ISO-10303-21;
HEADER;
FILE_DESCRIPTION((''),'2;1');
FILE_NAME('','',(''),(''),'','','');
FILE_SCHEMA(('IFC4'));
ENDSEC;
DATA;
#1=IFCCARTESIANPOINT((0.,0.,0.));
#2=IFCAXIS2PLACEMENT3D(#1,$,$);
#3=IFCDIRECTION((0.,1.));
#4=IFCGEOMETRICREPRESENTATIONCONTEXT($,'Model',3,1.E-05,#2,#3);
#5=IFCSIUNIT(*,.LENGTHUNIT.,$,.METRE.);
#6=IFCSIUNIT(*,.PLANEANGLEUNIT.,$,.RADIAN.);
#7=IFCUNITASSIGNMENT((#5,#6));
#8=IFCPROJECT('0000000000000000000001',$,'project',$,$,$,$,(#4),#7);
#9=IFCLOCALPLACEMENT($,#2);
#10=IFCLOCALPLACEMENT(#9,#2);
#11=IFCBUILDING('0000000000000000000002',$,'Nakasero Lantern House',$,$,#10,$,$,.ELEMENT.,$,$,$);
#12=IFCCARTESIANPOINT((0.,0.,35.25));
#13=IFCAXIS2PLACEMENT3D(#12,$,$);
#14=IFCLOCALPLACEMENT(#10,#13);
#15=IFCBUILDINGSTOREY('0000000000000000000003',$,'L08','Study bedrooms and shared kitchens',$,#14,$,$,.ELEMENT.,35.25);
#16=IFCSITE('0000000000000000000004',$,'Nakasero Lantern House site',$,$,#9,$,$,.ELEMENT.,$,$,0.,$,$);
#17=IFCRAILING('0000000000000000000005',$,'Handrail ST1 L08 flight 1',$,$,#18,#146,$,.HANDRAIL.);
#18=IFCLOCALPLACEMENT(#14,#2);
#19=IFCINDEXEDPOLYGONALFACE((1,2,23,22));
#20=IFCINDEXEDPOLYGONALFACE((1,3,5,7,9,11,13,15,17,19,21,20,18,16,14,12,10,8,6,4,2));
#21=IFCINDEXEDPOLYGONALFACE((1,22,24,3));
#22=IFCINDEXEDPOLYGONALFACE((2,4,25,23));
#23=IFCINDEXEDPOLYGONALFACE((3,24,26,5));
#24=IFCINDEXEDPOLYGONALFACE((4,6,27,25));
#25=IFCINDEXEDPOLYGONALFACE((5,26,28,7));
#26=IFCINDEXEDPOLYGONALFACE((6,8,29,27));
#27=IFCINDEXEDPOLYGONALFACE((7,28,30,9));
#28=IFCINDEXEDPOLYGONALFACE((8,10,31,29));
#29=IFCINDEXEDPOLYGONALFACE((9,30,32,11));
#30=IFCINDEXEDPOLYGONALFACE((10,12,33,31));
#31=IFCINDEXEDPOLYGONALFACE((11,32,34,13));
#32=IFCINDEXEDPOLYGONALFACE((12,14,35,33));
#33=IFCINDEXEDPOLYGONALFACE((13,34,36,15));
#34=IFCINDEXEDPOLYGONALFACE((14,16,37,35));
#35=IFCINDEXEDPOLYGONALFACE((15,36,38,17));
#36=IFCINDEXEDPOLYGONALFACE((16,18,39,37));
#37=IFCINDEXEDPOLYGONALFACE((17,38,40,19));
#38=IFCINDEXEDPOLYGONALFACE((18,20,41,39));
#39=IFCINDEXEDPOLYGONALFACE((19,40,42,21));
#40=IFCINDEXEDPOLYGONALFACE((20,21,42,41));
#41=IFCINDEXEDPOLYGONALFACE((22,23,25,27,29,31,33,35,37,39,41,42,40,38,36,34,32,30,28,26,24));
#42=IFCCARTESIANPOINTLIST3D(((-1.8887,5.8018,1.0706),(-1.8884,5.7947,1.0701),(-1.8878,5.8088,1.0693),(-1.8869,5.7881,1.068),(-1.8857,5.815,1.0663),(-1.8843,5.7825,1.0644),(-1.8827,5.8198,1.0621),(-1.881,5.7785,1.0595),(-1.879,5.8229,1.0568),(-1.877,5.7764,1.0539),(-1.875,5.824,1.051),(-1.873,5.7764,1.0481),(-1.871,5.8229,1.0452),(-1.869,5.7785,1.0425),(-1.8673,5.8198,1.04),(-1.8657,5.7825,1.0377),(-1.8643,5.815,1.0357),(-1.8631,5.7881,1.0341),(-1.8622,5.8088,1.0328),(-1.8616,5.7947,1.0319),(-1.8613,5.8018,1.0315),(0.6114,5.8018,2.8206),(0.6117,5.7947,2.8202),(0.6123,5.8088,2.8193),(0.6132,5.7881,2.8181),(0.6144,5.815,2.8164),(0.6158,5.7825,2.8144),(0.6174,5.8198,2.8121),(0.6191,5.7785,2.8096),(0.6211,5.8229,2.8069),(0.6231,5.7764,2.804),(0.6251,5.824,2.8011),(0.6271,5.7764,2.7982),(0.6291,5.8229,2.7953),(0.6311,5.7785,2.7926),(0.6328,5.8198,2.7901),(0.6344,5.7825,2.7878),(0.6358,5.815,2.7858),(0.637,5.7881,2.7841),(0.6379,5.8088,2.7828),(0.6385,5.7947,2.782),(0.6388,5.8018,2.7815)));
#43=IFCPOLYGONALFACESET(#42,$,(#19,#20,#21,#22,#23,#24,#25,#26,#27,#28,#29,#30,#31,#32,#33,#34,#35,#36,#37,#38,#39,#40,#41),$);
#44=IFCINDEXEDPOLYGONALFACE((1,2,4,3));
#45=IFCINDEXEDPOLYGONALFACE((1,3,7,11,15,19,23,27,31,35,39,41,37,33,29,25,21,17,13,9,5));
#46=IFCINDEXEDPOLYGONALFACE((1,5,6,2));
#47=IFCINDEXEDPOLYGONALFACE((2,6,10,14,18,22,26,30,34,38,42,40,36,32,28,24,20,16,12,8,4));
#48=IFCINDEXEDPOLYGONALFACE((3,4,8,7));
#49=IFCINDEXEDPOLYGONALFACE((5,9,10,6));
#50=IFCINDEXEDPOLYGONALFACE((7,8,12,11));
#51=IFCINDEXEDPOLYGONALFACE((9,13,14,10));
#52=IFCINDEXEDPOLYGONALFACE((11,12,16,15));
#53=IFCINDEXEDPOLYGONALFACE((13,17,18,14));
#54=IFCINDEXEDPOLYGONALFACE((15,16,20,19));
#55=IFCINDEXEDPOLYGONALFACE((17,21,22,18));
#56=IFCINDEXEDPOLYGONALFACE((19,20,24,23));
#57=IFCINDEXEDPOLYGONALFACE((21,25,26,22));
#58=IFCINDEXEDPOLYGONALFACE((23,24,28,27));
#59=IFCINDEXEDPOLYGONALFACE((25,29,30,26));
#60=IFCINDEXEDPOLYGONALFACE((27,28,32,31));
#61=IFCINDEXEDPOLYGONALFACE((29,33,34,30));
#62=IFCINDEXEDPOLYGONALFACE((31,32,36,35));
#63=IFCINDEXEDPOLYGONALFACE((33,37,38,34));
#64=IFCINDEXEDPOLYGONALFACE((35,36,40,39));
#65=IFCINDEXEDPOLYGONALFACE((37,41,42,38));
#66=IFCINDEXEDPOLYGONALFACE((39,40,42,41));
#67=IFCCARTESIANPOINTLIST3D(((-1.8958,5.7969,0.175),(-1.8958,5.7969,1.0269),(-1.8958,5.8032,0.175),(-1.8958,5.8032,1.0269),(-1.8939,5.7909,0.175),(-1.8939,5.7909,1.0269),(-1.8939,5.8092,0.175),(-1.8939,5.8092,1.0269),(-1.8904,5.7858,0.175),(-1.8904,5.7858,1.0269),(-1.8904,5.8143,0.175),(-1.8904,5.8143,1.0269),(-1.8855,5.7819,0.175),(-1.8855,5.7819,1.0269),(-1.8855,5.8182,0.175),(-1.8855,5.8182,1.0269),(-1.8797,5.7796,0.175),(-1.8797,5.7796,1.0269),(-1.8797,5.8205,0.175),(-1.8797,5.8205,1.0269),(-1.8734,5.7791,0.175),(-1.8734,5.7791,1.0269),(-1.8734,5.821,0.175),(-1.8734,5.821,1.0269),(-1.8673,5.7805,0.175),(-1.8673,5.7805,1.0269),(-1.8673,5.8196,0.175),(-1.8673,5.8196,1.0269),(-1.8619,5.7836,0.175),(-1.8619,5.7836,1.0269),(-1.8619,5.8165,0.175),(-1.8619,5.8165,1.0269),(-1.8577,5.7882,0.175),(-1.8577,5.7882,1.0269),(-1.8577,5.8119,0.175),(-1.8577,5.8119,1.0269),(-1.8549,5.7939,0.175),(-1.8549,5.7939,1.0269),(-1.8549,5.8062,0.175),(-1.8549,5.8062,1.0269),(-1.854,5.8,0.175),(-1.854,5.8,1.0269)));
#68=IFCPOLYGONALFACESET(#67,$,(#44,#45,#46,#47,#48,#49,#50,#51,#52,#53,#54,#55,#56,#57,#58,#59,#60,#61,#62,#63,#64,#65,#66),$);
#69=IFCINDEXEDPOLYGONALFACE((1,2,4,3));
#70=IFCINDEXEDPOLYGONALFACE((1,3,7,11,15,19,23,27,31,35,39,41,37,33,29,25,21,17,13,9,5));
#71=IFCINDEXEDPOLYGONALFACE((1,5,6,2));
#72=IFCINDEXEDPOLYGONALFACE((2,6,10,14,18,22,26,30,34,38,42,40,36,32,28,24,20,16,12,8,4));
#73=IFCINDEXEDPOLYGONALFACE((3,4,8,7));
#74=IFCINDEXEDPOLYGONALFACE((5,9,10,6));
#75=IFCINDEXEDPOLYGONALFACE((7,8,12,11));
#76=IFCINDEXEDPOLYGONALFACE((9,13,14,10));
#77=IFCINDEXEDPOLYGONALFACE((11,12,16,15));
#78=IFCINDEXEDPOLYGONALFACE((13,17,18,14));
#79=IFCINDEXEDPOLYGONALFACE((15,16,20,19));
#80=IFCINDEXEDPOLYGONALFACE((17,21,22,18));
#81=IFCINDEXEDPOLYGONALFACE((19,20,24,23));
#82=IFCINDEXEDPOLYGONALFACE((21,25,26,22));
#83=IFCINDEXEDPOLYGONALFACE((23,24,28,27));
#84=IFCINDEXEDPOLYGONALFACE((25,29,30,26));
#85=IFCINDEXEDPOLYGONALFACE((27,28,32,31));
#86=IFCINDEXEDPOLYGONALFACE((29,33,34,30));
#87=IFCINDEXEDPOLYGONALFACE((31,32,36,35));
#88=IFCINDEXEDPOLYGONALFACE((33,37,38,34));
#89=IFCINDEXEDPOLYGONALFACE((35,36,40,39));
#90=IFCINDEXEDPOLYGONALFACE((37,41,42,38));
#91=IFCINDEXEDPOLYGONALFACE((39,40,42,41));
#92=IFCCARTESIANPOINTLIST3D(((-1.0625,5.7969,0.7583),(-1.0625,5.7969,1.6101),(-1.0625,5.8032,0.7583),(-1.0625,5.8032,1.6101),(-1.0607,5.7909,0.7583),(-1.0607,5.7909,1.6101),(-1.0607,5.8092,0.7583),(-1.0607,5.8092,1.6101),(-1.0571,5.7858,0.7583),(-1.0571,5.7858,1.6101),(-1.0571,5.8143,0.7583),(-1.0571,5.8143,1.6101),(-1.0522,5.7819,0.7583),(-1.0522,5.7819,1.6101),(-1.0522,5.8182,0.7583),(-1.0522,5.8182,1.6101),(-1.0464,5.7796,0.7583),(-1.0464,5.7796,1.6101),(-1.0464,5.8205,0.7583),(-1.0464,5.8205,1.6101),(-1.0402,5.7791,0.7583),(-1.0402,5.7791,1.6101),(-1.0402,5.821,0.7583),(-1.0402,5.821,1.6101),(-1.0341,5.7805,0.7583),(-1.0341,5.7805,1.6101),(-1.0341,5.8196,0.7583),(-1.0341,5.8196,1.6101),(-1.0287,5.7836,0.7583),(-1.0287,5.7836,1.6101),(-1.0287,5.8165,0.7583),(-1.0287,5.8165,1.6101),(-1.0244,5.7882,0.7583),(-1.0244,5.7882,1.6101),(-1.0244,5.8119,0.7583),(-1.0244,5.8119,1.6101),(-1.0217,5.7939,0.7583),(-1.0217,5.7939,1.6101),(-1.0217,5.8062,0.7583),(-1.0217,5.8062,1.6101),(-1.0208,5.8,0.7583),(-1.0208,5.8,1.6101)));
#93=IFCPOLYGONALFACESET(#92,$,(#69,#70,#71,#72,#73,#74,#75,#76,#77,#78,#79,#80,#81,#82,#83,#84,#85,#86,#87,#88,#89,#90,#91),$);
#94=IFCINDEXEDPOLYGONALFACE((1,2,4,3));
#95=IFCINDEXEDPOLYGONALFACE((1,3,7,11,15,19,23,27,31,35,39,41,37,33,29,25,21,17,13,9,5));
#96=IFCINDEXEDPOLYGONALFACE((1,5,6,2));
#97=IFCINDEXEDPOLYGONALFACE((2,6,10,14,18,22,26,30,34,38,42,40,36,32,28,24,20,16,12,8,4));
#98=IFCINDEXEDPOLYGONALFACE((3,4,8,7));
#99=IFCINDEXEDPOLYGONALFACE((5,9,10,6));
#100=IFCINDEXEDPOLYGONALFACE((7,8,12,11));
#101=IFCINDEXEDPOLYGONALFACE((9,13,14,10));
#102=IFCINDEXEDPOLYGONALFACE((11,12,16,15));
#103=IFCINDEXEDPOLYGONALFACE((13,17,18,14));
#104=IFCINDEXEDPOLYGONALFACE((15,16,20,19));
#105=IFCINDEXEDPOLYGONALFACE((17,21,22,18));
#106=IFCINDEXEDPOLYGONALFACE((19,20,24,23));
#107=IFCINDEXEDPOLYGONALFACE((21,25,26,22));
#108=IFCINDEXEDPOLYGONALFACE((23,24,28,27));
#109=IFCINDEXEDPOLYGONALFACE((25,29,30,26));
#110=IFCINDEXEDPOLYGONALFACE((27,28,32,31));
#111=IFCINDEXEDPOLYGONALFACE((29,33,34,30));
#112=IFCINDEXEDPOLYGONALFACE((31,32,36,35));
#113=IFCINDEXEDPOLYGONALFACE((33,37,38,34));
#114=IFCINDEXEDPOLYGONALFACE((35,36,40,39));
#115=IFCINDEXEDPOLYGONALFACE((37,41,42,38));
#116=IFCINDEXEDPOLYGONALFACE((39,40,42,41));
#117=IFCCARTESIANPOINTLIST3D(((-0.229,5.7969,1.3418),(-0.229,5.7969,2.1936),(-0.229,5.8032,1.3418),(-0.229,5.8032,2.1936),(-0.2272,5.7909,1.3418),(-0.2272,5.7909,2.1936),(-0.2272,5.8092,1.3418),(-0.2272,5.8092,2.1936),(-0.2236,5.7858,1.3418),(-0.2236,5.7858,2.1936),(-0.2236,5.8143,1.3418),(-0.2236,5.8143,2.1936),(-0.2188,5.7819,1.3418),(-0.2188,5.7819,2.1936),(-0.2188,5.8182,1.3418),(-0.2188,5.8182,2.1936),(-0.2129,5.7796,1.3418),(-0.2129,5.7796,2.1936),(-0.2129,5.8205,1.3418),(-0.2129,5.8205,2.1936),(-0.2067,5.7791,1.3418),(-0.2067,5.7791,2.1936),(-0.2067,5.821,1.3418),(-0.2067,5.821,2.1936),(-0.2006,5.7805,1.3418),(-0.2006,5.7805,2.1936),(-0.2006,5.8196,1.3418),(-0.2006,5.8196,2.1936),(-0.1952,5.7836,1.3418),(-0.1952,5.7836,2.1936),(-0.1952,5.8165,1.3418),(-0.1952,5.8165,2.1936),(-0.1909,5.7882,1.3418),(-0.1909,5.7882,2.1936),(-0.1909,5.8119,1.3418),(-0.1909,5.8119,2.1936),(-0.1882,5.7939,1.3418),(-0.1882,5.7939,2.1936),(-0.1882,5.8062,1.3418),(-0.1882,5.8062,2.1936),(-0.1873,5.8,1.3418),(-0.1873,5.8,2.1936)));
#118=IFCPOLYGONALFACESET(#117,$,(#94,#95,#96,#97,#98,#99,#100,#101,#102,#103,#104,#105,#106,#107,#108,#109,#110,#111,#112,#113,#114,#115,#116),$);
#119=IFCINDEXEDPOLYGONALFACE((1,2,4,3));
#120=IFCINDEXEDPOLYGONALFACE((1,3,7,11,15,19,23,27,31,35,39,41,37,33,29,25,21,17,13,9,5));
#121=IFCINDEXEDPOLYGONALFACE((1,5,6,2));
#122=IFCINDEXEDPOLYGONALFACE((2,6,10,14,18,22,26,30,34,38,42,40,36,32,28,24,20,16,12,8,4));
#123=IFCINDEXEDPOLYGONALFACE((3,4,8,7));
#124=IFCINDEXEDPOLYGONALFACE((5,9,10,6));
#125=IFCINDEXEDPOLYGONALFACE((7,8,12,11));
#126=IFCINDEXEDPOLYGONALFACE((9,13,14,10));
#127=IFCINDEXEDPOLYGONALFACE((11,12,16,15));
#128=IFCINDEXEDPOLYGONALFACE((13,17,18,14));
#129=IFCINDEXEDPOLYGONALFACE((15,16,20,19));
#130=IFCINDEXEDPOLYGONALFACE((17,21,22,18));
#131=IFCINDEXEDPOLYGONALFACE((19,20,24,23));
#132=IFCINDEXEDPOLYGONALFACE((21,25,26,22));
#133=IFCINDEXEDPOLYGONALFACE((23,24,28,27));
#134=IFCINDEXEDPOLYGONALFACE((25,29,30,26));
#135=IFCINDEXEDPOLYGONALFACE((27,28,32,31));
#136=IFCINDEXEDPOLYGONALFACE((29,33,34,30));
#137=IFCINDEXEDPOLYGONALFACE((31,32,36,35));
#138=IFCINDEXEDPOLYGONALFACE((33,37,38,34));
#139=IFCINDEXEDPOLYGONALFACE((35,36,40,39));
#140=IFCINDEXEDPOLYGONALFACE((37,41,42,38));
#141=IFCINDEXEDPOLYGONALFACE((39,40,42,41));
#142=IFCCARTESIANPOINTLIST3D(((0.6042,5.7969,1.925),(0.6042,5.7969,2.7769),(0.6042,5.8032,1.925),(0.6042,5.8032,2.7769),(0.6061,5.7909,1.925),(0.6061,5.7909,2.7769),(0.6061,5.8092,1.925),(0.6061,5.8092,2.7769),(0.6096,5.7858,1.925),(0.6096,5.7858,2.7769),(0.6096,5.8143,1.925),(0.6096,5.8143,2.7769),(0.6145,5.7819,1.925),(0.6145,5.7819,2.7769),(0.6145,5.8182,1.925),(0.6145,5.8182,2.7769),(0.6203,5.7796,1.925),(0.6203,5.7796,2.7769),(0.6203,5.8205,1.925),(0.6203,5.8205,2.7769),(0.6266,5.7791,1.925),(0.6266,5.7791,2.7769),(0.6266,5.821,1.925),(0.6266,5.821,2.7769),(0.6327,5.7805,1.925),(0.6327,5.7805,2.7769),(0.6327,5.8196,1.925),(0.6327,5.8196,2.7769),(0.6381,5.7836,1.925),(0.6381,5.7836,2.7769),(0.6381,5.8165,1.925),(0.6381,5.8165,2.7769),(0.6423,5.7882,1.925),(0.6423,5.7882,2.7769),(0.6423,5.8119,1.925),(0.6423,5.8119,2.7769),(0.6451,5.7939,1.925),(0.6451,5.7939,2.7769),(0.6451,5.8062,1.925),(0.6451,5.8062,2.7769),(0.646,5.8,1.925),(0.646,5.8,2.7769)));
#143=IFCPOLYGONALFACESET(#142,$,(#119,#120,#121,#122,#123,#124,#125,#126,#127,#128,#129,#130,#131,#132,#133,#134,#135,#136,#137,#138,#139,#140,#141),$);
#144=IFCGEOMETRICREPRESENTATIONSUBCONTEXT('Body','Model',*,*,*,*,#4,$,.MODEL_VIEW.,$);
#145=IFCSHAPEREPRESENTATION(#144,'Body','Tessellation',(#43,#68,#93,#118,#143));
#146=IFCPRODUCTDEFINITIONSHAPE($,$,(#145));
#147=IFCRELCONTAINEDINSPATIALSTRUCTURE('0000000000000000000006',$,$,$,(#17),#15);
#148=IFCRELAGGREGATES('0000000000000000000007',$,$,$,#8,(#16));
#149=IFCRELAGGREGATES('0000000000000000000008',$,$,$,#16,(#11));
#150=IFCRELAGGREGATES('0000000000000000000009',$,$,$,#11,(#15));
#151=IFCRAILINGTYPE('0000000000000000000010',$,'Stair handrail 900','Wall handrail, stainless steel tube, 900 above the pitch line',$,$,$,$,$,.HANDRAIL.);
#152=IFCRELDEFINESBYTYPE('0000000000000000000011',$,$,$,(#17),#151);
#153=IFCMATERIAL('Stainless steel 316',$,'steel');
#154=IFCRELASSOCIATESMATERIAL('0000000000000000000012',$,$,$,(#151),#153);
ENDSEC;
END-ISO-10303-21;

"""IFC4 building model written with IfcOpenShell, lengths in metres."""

from ifc_helpers import new_model, si_unit, direction, frame, origin, origin_2d, place, context, subcontext, project, spatial, circle, extrude, material, type_object, element, save


model = new_model("IFC4")

# Units and contexts
model_context = context("Model", 3, precision=1e-05, world=origin(), true_north=direction((0.0, 1.0)))
body_context = subcontext(model_context, "Body", "Model", "MODEL_VIEW")
ifc_project = project(units=[si_unit("LENGTHUNIT", "METRE"), si_unit("PLANEANGLEUNIT", "RADIAN")], contexts=[model_context])

# Site, building, storey
site_placement = place(None, origin())
site = spatial("IfcSite", under=ifc_project, at=site_placement, Name="Nakasero Lantern House site", CompositionType="ELEMENT", RefElevation=0.0)
building_placement = place(site_placement, origin())
building = spatial("IfcBuilding", under=site, at=building_placement, Name="Nakasero Lantern House", CompositionType="ELEMENT")
storey_placement = place(building_placement, frame((0.0, 0.0, 35.25)))
storey = spatial("IfcBuildingStorey", under=building, at=storey_placement, Name="L08", Description="Study bedrooms and shared kitchens", CompositionType="ELEMENT", Elevation=35.25)

# Railing
ifc_material_1 = material(Name="Stainless steel 316", Category="steel")
railing_type = type_object("IfcRailingType", Name="Stair handrail 900", Description="Wall handrail, stainless steel tube, 900 above the pitch line", PredefinedType="HANDRAIL", material=ifc_material_1)
railing_placement = place(storey_placement, frame((-1.875, 5.8, 0.175)))
element("IfcRailing", 1, at=railing_placement, inside=storey, type_object=railing_type, Name="Handrail ST1 L08 flight 1", PredefinedType="HANDRAIL", context=body_context, shape_type="SweptSolid", body=[
    extrude(circle(Radius=0.0239, at=origin_2d()), frame((0.0, 0.0, 0.876), z_axis=(0.819232, 0.0, 0.573462), x_axis=(0.0, 1.0, 0.0)), (0.0, 0.0, 1.0), 3.0518),
    extrude(circle(Radius=0.021, at=origin_2d()), origin(), (0.0, 0.0, 1.0), 0.8518),
    extrude(circle(Radius=0.021, at=origin_2d()), frame((0.8333, 0.0, 0.5833)), (0.0, 0.0, 1.0), 0.8518),
    extrude(circle(Radius=0.021, at=origin_2d()), frame((1.6667, 0.0, 1.1667)), (0.0, 0.0, 1.0), 0.8518),
    extrude(circle(Radius=0.021, at=origin_2d()), frame((2.5, 0.0, 1.75)), (0.0, 0.0, 1.0), 0.8518),
])

save(model, "model.ifc")
